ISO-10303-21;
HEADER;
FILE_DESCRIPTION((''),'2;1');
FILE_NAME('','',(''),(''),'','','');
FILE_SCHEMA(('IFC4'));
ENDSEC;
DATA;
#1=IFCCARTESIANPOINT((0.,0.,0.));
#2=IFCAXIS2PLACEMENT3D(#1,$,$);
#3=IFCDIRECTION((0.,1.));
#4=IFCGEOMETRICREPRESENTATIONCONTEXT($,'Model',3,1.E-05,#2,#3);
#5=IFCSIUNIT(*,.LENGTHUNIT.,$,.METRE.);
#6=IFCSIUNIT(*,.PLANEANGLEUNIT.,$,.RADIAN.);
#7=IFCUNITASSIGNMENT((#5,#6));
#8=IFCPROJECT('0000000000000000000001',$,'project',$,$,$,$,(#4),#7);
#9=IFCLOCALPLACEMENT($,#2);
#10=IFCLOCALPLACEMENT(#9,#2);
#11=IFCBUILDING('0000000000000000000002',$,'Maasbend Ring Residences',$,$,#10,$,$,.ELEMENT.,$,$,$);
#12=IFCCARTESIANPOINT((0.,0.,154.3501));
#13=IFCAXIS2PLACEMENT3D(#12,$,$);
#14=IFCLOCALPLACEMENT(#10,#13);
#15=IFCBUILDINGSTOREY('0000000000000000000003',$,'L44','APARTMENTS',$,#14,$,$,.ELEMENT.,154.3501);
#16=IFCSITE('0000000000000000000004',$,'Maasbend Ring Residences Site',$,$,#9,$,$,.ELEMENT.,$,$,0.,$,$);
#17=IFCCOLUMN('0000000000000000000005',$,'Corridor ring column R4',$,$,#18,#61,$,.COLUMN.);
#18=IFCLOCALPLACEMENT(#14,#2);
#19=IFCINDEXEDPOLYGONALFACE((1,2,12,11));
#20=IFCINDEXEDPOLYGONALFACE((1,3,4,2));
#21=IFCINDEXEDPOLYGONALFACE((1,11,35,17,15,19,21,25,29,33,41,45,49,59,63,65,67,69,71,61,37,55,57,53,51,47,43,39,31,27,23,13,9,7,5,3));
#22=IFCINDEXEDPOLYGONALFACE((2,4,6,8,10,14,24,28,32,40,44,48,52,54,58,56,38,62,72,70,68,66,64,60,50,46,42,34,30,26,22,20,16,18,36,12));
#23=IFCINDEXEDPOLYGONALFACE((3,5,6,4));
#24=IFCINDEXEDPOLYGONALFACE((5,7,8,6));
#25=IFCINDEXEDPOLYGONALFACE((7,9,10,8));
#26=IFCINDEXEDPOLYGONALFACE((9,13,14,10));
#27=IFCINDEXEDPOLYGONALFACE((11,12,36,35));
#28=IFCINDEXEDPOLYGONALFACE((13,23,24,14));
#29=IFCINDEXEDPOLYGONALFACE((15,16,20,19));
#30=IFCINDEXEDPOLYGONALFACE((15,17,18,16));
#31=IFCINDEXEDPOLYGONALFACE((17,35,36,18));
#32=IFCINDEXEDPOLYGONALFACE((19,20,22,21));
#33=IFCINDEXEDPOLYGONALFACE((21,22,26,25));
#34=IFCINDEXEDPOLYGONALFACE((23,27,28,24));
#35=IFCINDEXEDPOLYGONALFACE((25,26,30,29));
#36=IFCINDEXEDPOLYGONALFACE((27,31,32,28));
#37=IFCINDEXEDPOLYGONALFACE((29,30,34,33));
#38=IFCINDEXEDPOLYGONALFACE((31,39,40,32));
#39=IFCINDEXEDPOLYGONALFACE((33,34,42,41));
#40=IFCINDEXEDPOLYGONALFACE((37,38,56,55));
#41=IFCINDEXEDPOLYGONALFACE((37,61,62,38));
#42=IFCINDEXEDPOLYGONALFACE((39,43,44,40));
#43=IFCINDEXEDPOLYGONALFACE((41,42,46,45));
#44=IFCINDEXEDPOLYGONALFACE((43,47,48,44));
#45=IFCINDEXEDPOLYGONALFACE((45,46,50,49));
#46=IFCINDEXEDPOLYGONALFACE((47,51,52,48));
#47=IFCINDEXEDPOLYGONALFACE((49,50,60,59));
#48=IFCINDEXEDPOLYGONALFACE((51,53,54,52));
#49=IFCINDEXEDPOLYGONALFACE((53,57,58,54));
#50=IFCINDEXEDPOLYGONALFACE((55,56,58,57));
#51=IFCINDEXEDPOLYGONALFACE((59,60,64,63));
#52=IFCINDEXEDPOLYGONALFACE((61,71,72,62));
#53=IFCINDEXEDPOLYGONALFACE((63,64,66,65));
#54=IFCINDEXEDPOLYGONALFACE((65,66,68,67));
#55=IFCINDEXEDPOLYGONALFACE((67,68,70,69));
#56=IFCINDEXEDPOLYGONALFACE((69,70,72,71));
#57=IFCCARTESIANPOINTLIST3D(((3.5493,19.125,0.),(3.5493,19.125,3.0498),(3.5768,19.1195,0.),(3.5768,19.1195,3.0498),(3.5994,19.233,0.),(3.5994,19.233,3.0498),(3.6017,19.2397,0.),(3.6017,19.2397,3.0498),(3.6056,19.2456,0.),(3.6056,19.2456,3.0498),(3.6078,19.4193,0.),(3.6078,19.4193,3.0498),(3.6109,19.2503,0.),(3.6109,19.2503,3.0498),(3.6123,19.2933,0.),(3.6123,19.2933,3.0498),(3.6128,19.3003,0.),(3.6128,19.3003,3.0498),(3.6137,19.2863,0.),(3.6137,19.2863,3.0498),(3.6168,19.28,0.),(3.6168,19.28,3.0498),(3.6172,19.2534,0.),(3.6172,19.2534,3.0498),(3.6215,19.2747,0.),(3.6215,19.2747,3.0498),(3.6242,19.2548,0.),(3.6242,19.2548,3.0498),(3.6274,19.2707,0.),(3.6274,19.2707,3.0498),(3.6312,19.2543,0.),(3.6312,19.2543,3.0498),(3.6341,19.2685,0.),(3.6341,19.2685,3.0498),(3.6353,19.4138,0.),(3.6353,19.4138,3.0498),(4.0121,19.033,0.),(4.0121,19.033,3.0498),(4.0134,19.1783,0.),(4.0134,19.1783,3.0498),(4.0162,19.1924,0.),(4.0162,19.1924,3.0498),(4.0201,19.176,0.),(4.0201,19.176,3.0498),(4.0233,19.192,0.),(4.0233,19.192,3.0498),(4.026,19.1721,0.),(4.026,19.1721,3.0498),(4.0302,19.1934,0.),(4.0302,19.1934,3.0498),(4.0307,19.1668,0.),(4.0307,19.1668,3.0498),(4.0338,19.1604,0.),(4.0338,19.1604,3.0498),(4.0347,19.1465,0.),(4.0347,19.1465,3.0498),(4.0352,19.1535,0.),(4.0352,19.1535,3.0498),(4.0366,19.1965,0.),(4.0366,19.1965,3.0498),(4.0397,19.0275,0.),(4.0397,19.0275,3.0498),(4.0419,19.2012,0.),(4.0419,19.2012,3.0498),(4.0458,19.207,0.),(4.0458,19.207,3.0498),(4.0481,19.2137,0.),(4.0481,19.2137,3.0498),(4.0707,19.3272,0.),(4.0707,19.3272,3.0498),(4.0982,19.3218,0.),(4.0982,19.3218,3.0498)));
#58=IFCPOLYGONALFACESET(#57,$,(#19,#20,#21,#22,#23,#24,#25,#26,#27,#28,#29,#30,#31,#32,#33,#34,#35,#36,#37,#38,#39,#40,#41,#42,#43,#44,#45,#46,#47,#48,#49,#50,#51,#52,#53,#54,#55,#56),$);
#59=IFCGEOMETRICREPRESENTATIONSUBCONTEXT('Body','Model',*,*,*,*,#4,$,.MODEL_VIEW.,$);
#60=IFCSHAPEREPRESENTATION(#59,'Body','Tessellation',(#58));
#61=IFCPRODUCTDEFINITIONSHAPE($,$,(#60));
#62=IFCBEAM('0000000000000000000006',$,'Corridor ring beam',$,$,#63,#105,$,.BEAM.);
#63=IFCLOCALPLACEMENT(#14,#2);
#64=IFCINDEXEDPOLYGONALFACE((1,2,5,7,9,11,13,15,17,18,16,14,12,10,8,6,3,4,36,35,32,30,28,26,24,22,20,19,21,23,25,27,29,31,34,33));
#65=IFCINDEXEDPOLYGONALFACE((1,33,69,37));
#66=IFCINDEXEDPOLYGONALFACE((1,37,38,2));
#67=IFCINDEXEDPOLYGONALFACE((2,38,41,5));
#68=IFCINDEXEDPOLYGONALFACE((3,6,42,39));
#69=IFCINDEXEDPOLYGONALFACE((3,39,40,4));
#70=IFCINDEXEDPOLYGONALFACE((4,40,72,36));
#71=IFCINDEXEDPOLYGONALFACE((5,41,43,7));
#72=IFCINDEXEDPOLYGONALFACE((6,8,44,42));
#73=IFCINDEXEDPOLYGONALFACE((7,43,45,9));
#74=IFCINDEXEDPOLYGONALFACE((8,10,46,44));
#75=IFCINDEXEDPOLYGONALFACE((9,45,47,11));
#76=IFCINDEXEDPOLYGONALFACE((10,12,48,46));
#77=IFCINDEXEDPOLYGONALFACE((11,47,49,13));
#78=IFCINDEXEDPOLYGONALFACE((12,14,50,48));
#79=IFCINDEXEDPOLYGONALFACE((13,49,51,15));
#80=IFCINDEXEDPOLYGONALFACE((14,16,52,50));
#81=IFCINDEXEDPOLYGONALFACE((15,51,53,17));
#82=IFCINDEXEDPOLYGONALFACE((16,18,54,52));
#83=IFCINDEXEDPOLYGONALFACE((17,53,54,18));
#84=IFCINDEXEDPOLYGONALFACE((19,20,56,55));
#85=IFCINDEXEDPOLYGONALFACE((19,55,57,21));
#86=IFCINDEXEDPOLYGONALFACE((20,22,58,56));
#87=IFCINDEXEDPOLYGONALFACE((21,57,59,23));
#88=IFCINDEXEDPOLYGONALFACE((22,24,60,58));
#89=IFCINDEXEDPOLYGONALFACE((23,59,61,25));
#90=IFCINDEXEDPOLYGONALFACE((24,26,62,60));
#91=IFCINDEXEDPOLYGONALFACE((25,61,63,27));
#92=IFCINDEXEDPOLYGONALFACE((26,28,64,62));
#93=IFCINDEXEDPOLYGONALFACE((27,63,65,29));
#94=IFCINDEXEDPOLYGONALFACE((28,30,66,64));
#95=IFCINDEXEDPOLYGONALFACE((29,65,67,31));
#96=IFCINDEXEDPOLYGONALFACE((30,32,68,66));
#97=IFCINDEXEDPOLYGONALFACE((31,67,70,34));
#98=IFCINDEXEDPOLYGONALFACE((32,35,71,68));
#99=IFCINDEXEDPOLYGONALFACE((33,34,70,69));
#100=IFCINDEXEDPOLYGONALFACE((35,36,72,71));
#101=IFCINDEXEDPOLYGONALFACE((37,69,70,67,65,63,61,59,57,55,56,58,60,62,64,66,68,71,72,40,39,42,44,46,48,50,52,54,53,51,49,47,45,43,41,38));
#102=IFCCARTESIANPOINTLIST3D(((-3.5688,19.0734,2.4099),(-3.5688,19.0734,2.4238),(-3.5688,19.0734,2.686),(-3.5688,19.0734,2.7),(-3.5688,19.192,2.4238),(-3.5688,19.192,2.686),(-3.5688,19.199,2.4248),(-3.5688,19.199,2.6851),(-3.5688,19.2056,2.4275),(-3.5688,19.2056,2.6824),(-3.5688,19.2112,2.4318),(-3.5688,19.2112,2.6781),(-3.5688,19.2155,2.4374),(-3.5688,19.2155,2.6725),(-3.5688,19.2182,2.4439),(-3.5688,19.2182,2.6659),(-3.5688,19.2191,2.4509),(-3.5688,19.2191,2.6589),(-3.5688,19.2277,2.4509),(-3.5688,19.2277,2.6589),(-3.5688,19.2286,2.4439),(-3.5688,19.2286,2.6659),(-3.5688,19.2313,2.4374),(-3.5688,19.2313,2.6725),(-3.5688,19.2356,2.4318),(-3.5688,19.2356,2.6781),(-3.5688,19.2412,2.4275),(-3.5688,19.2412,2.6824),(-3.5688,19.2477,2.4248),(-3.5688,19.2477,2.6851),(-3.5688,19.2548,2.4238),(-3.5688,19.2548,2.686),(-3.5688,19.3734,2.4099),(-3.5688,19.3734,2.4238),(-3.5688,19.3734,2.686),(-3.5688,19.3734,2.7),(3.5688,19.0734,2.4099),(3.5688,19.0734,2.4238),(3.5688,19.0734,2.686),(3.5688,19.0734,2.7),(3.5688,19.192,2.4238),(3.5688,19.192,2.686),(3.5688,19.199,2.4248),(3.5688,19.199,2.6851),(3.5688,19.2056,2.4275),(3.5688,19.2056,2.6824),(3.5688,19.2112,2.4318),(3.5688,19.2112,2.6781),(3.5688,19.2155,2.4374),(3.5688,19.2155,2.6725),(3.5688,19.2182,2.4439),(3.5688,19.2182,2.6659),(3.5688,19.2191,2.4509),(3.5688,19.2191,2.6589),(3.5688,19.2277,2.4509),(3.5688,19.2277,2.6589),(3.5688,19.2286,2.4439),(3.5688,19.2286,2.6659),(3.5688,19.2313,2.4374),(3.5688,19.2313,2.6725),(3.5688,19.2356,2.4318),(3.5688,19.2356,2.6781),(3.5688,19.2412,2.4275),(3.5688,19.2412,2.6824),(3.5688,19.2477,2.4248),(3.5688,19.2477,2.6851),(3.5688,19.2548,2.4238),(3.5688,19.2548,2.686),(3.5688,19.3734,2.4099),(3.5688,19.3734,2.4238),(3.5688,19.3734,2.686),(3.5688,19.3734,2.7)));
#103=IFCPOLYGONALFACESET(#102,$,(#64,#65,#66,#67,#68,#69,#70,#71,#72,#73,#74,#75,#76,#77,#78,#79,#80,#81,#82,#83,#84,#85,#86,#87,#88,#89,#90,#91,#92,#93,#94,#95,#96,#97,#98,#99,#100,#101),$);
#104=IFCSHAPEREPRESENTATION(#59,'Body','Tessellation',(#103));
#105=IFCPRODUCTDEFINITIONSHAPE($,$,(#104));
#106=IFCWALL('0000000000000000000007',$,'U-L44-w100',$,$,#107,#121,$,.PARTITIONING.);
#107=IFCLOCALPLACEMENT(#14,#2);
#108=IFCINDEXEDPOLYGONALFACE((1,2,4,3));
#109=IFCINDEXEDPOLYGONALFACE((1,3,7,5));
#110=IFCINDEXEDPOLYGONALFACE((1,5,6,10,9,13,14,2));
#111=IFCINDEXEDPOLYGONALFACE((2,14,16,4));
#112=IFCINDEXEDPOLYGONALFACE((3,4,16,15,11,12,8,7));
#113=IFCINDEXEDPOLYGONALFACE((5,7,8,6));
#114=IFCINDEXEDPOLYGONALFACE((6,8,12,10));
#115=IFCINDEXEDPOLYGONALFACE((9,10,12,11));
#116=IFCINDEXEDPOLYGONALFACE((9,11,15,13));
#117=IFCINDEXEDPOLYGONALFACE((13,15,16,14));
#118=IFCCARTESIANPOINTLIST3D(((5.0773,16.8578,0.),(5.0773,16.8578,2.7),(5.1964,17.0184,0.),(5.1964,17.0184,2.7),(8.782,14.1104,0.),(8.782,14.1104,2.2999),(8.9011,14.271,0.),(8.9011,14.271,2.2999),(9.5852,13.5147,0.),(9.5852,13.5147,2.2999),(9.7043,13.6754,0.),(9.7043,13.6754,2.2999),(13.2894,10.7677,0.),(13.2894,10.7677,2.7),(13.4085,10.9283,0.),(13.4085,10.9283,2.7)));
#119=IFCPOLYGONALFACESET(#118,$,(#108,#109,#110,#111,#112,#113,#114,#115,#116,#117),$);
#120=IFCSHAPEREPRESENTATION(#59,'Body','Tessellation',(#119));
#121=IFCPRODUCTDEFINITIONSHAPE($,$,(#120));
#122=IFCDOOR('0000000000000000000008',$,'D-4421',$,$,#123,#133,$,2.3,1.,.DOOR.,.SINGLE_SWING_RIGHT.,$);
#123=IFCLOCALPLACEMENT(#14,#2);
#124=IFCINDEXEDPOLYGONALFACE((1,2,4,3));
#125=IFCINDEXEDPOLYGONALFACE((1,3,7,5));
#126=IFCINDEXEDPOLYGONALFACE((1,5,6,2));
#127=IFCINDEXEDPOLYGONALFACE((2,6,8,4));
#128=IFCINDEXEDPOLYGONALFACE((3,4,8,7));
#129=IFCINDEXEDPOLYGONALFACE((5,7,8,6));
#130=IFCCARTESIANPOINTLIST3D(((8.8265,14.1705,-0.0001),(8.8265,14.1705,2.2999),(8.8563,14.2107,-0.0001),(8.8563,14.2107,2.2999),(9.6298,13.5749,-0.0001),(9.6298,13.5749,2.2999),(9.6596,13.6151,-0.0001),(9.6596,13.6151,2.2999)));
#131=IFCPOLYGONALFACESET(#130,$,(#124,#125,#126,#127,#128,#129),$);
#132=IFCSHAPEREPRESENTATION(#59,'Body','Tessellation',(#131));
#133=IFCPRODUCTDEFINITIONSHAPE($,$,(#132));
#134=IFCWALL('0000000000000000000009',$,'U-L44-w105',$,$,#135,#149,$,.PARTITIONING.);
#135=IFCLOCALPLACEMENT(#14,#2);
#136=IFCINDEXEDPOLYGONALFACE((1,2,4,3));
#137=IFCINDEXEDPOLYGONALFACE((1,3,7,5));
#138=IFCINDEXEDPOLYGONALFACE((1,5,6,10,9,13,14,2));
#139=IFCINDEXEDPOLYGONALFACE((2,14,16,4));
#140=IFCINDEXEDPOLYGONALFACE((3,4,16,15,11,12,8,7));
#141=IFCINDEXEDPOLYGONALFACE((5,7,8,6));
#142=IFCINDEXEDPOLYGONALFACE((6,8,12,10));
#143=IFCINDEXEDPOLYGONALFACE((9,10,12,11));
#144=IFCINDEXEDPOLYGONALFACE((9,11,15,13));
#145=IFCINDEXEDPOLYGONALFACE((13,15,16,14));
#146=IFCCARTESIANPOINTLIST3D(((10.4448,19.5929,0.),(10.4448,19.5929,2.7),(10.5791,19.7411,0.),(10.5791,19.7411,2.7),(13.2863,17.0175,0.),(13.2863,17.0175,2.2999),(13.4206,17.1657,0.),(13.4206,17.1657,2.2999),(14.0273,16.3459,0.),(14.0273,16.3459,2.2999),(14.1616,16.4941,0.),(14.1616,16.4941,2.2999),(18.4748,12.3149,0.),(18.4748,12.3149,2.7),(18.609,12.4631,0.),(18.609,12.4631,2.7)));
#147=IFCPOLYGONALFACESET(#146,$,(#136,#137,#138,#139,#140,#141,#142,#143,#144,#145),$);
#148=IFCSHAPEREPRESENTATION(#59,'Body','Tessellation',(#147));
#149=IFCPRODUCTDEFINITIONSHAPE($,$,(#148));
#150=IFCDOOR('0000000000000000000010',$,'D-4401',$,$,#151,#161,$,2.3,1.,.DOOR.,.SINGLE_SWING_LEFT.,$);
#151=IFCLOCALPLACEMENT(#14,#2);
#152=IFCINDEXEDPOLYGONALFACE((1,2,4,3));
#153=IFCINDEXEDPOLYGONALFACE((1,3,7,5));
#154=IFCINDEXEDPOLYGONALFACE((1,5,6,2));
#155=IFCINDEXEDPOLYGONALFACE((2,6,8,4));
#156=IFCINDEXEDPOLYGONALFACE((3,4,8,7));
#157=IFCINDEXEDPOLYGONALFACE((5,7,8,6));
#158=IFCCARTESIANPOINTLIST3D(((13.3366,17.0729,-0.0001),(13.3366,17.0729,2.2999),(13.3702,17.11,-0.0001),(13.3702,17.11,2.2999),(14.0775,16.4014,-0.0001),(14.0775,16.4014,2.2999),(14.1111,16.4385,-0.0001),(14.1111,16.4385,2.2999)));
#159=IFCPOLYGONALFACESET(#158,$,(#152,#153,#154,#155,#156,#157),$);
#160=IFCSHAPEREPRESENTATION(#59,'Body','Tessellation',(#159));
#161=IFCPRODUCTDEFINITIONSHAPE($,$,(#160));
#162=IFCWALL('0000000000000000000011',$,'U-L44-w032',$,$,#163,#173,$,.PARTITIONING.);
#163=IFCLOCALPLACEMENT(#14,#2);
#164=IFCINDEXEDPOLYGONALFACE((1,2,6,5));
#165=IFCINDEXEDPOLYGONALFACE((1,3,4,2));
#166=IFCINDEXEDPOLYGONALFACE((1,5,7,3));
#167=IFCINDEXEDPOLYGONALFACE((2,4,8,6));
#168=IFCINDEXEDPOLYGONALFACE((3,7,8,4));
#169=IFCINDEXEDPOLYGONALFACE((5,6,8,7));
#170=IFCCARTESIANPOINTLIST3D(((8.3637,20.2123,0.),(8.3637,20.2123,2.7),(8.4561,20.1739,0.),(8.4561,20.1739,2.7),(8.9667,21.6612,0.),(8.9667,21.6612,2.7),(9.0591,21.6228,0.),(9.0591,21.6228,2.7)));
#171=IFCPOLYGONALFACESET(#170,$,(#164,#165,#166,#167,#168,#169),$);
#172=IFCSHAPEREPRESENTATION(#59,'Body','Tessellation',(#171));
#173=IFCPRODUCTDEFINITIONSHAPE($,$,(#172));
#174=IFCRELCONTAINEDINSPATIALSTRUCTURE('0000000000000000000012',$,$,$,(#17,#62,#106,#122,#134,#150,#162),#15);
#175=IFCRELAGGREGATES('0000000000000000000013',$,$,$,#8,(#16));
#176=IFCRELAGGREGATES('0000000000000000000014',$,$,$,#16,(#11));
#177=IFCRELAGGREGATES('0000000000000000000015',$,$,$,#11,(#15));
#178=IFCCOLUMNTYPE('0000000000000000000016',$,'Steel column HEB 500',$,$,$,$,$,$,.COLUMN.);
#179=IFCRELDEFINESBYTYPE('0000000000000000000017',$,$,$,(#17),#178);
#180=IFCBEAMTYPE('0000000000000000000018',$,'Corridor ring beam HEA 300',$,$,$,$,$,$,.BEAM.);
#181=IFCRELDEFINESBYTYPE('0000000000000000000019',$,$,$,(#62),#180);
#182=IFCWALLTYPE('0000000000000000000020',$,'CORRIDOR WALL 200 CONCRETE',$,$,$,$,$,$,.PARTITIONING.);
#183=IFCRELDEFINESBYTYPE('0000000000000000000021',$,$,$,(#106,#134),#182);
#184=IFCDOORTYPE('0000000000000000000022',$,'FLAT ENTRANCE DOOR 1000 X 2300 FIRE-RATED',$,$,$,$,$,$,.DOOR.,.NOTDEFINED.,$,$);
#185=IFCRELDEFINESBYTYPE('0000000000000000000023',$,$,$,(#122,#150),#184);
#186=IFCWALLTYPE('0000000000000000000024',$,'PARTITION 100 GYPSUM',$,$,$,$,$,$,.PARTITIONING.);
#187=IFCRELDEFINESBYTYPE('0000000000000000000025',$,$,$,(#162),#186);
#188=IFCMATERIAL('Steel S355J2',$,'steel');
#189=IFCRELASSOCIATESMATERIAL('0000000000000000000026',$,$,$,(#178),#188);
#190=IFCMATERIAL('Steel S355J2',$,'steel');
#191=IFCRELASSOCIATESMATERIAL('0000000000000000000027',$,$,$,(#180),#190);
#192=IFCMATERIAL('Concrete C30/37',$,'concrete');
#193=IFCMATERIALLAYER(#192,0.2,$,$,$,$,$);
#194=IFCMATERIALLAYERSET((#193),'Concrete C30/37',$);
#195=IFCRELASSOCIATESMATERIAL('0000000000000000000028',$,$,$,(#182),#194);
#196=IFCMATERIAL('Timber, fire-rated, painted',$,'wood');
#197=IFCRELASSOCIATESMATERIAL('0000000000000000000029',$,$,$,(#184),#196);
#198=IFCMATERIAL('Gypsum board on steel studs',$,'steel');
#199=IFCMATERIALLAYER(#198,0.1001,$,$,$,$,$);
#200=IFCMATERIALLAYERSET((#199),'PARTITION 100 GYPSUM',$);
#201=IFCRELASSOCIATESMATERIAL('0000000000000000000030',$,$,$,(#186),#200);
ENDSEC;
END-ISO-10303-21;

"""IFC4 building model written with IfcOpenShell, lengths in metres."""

from ifc_helpers import new_model, si_unit, direction, frame, frame_2d, origin, origin_2d, place, context, subcontext, project, spatial, rectangle, i_section, extrude, material, layer, layer_set, material_profile, profile_set, type_object, element, fill, save


model = new_model("IFC4")

# Units and contexts
model_context = context("Model", 3, precision=1e-05, world=origin(), true_north=direction((0.0, 1.0)))
body_context = subcontext(model_context, "Body", "Model", "MODEL_VIEW")
ifc_project = project(units=[si_unit("LENGTHUNIT", "METRE"), si_unit("PLANEANGLEUNIT", "RADIAN")], contexts=[model_context])

# Site, building, storey
site_placement = place(None, origin())
site = spatial("IfcSite", under=ifc_project, at=site_placement, Name="Maasbend Ring Residences Site", CompositionType="ELEMENT", RefElevation=0.0)
building_placement = place(site_placement, origin())
building = spatial("IfcBuilding", under=site, at=building_placement, Name="Maasbend Ring Residences", CompositionType="ELEMENT")
storey_placement = place(building_placement, frame((0.0, 0.0, 154.3501)))
storey = spatial("IfcBuildingStorey", under=building, at=storey_placement, Name="L44", Description="APARTMENTS", CompositionType="ELEMENT", Elevation=154.3501)

# Column
ifc_material_1 = material(Name="Steel S355J2", Category="steel")
ifc_material_profile_1 = material_profile(ifc_material_1, i_section(OverallWidth=0.3, OverallDepth=0.5, WebThickness=0.0144, FlangeThickness=0.0281, FilletRadius=0.0271, at=origin_2d()), Name="HEB 500")
ifc_profile_set_1 = profile_set([ifc_material_profile_1], Name="Steel S355J2")
column_type = type_object("IfcColumnType", Name="Steel column HEB 500", PredefinedType="COLUMN", material=ifc_profile_set_1)
column_placement = place(storey_placement, frame((3.8237, 19.2234, 0.0), z_axis=(0.0, 0.0, 1.0), x_axis=(0.19509, 0.980785, 0.0)))
element("IfcColumn", 1, at=column_placement, inside=storey, type_object=column_type, Name="Corridor ring column R4", PredefinedType="COLUMN", context=body_context, shape_type="SweptSolid", body=[
    extrude(i_section(OverallWidth=0.3, OverallDepth=0.5, WebThickness=0.0144, FlangeThickness=0.0281, FilletRadius=0.0271, at=origin_2d()), origin(), (0.0, 0.0, 1.0), 3.0498),
])

# Beam
ifc_material_2 = material(Name="Steel S355J2", Category="steel")
ifc_material_profile_2 = material_profile(ifc_material_2, i_section(OverallWidth=0.3, OverallDepth=0.29, WebThickness=0.0085, FlangeThickness=0.0139, FilletRadius=0.0271, at=origin_2d()), Name="HEA 300")
ifc_profile_set_2 = profile_set([ifc_material_profile_2], Name="Steel S355J2")
beam_type = type_object("IfcBeamType", Name="Corridor ring beam HEA 300", PredefinedType="BEAM", material=ifc_profile_set_2)
beam_placement = place(storey_placement, frame((3.5688, 19.2234, 2.5549), z_axis=(-1.0, 0.0, 0.0), x_axis=(0.0, -1.0, 0.0)))
element("IfcBeam", 2, at=beam_placement, inside=storey, type_object=beam_type, Name="Corridor ring beam", PredefinedType="BEAM", context=body_context, shape_type="SweptSolid", body=[
    extrude(i_section(OverallWidth=0.3, OverallDepth=0.29, WebThickness=0.0085, FlangeThickness=0.0139, FilletRadius=0.0271, at=origin_2d()), origin(), (0.0, 0.0, 1.0), 7.1377),
])

# Walls, openings, doors
ifc_material_3 = material(Name="Concrete C30/37", Category="concrete")
ifc_layer_1 = layer(ifc_material_3, 0.2)
ifc_layer_set_1 = layer_set([ifc_layer_1], Name="Concrete C30/37")
wall_type_1 = type_object("IfcWallType", Name="CORRIDOR WALL 200 CONCRETE", PredefinedType="PARTITIONING", material=ifc_layer_set_1)
wall_1_placement = place(storey_placement, frame((5.137, 16.938, 0.0), z_axis=(0.0, 0.0, 1.0), x_axis=(0.803229, -0.59567, 0.0)))
wall_1 = element("IfcWall", 3, at=wall_1_placement, inside=storey, type_object=wall_type_1, Name="U-L44-w100", PredefinedType="PARTITIONING", context=body_context, shape_type="SweptSolid", body=[
    extrude(rectangle(XDim=10.2239, YDim=0.2, at=frame_2d((5.1118, 0.0))), origin(), (0.0, 0.0, 1.0), 2.7),
])
opening_1_placement = place(wall_1_placement, frame((4.6121, 0.0, 0.0)))
opening_1 = element("IfcOpeningElement", 4, at=opening_1_placement, cuts=wall_1, PredefinedType="OPENING", context=body_context, shape_type="SweptSolid", body=[
    extrude(rectangle(XDim=1.0, YDim=2.3, at=frame_2d((0.5, 1.1499))), frame((0.0, 0.1099, 0.0), z_axis=(0.0, -1.0, 0.0), x_axis=(1.0, 0.0, 0.0)), (0.0, 0.0, 1.0), 0.22),
])
ifc_material_4 = material(Name="Timber, fire-rated, painted", Category="wood")
door_type_1 = type_object("IfcDoorType", Name="FLAT ENTRANCE DOOR 1000 X 2300 FIRE-RATED", OperationType="NOTDEFINED", PredefinedType="DOOR", material=ifc_material_4)
door_1_placement = place(opening_1_placement, origin())
door_1 = element("IfcDoor", 5, at=door_1_placement, inside=storey, type_object=door_type_1, Name="D-4421", OperationType="SINGLE_SWING_RIGHT", OverallHeight=2.3, OverallWidth=1.0, PredefinedType="DOOR", context=body_context, shape_type="SweptSolid", body=[
    extrude(rectangle(XDim=1.0, YDim=2.3, at=frame_2d((0.5, 1.1499))), frame((0.0, 0.0249, 0.0), z_axis=(0.0, -1.0, 0.0), x_axis=(1.0, 0.0, 0.0)), (0.0, 0.0, 1.0), 0.05),
])
fill(opening_1, door_1)
wall_2_placement = place(storey_placement, frame((10.512, 19.667, 0.0), z_axis=(0.0, 0.0, 1.0), x_axis=(0.740947, -0.671563, 0.0)))
wall_2 = element("IfcWall", 6, at=wall_2_placement, inside=storey, type_object=wall_type_1, Name="U-L44-w105", PredefinedType="PARTITIONING", context=body_context, shape_type="SweptSolid", body=[
    extrude(rectangle(XDim=10.8374, YDim=0.2, at=frame_2d((5.4187, 0.0))), origin(), (0.0, 0.0, 1.0), 2.7),
])
opening_2_placement = place(wall_2_placement, frame((3.835, 0.0, 0.0)))
opening_2 = element("IfcOpeningElement", 7, at=opening_2_placement, cuts=wall_2, PredefinedType="OPENING", context=body_context, shape_type="SweptSolid", body=[
    extrude(rectangle(XDim=1.0, YDim=2.3, at=frame_2d((0.5, 1.1499))), frame((0.0, 0.1099, 0.0), z_axis=(0.0, -1.0, 0.0), x_axis=(1.0, 0.0, 0.0)), (0.0, 0.0, 1.0), 0.22),
])
door_2_placement = place(opening_2_placement, origin())
door_2 = element("IfcDoor", 8, at=door_2_placement, inside=storey, type_object=door_type_1, Name="D-4401", OperationType="SINGLE_SWING_LEFT", OverallHeight=2.3, OverallWidth=1.0, PredefinedType="DOOR", context=body_context, shape_type="SweptSolid", body=[
    extrude(rectangle(XDim=1.0, YDim=2.3, at=frame_2d((0.5, 1.1499))), frame((0.0, 0.0249, 0.0), z_axis=(0.0, -1.0, 0.0), x_axis=(1.0, 0.0, 0.0)), (0.0, 0.0, 1.0), 0.05),
])
fill(opening_2, door_2)

# Wall
ifc_material_5 = material(Name="Gypsum board on steel studs", Category="steel")
ifc_layer_2 = layer(ifc_material_5, 0.1001)
ifc_layer_set_2 = layer_set([ifc_layer_2], Name="PARTITION 100 GYPSUM")
wall_type_2 = type_object("IfcWallType", Name="PARTITION 100 GYPSUM", PredefinedType="PARTITIONING", material=ifc_layer_set_2)
wall_3_placement = place(storey_placement, frame((8.4099, 20.1931, 0.0), z_axis=(0.0, 0.0, 1.0), x_axis=(0.384229, 0.923238, 0.0)))
element("IfcWall", 9, at=wall_3_placement, inside=storey, type_object=wall_type_2, Name="U-L44-w032", PredefinedType="PARTITIONING", context=body_context, shape_type="SweptSolid", body=[
    extrude(rectangle(XDim=1.5693, YDim=0.1001, at=frame_2d((0.7847, 0.0))), origin(), (0.0, 0.0, 1.0), 2.7),
])

save(model, "model.ifc")
